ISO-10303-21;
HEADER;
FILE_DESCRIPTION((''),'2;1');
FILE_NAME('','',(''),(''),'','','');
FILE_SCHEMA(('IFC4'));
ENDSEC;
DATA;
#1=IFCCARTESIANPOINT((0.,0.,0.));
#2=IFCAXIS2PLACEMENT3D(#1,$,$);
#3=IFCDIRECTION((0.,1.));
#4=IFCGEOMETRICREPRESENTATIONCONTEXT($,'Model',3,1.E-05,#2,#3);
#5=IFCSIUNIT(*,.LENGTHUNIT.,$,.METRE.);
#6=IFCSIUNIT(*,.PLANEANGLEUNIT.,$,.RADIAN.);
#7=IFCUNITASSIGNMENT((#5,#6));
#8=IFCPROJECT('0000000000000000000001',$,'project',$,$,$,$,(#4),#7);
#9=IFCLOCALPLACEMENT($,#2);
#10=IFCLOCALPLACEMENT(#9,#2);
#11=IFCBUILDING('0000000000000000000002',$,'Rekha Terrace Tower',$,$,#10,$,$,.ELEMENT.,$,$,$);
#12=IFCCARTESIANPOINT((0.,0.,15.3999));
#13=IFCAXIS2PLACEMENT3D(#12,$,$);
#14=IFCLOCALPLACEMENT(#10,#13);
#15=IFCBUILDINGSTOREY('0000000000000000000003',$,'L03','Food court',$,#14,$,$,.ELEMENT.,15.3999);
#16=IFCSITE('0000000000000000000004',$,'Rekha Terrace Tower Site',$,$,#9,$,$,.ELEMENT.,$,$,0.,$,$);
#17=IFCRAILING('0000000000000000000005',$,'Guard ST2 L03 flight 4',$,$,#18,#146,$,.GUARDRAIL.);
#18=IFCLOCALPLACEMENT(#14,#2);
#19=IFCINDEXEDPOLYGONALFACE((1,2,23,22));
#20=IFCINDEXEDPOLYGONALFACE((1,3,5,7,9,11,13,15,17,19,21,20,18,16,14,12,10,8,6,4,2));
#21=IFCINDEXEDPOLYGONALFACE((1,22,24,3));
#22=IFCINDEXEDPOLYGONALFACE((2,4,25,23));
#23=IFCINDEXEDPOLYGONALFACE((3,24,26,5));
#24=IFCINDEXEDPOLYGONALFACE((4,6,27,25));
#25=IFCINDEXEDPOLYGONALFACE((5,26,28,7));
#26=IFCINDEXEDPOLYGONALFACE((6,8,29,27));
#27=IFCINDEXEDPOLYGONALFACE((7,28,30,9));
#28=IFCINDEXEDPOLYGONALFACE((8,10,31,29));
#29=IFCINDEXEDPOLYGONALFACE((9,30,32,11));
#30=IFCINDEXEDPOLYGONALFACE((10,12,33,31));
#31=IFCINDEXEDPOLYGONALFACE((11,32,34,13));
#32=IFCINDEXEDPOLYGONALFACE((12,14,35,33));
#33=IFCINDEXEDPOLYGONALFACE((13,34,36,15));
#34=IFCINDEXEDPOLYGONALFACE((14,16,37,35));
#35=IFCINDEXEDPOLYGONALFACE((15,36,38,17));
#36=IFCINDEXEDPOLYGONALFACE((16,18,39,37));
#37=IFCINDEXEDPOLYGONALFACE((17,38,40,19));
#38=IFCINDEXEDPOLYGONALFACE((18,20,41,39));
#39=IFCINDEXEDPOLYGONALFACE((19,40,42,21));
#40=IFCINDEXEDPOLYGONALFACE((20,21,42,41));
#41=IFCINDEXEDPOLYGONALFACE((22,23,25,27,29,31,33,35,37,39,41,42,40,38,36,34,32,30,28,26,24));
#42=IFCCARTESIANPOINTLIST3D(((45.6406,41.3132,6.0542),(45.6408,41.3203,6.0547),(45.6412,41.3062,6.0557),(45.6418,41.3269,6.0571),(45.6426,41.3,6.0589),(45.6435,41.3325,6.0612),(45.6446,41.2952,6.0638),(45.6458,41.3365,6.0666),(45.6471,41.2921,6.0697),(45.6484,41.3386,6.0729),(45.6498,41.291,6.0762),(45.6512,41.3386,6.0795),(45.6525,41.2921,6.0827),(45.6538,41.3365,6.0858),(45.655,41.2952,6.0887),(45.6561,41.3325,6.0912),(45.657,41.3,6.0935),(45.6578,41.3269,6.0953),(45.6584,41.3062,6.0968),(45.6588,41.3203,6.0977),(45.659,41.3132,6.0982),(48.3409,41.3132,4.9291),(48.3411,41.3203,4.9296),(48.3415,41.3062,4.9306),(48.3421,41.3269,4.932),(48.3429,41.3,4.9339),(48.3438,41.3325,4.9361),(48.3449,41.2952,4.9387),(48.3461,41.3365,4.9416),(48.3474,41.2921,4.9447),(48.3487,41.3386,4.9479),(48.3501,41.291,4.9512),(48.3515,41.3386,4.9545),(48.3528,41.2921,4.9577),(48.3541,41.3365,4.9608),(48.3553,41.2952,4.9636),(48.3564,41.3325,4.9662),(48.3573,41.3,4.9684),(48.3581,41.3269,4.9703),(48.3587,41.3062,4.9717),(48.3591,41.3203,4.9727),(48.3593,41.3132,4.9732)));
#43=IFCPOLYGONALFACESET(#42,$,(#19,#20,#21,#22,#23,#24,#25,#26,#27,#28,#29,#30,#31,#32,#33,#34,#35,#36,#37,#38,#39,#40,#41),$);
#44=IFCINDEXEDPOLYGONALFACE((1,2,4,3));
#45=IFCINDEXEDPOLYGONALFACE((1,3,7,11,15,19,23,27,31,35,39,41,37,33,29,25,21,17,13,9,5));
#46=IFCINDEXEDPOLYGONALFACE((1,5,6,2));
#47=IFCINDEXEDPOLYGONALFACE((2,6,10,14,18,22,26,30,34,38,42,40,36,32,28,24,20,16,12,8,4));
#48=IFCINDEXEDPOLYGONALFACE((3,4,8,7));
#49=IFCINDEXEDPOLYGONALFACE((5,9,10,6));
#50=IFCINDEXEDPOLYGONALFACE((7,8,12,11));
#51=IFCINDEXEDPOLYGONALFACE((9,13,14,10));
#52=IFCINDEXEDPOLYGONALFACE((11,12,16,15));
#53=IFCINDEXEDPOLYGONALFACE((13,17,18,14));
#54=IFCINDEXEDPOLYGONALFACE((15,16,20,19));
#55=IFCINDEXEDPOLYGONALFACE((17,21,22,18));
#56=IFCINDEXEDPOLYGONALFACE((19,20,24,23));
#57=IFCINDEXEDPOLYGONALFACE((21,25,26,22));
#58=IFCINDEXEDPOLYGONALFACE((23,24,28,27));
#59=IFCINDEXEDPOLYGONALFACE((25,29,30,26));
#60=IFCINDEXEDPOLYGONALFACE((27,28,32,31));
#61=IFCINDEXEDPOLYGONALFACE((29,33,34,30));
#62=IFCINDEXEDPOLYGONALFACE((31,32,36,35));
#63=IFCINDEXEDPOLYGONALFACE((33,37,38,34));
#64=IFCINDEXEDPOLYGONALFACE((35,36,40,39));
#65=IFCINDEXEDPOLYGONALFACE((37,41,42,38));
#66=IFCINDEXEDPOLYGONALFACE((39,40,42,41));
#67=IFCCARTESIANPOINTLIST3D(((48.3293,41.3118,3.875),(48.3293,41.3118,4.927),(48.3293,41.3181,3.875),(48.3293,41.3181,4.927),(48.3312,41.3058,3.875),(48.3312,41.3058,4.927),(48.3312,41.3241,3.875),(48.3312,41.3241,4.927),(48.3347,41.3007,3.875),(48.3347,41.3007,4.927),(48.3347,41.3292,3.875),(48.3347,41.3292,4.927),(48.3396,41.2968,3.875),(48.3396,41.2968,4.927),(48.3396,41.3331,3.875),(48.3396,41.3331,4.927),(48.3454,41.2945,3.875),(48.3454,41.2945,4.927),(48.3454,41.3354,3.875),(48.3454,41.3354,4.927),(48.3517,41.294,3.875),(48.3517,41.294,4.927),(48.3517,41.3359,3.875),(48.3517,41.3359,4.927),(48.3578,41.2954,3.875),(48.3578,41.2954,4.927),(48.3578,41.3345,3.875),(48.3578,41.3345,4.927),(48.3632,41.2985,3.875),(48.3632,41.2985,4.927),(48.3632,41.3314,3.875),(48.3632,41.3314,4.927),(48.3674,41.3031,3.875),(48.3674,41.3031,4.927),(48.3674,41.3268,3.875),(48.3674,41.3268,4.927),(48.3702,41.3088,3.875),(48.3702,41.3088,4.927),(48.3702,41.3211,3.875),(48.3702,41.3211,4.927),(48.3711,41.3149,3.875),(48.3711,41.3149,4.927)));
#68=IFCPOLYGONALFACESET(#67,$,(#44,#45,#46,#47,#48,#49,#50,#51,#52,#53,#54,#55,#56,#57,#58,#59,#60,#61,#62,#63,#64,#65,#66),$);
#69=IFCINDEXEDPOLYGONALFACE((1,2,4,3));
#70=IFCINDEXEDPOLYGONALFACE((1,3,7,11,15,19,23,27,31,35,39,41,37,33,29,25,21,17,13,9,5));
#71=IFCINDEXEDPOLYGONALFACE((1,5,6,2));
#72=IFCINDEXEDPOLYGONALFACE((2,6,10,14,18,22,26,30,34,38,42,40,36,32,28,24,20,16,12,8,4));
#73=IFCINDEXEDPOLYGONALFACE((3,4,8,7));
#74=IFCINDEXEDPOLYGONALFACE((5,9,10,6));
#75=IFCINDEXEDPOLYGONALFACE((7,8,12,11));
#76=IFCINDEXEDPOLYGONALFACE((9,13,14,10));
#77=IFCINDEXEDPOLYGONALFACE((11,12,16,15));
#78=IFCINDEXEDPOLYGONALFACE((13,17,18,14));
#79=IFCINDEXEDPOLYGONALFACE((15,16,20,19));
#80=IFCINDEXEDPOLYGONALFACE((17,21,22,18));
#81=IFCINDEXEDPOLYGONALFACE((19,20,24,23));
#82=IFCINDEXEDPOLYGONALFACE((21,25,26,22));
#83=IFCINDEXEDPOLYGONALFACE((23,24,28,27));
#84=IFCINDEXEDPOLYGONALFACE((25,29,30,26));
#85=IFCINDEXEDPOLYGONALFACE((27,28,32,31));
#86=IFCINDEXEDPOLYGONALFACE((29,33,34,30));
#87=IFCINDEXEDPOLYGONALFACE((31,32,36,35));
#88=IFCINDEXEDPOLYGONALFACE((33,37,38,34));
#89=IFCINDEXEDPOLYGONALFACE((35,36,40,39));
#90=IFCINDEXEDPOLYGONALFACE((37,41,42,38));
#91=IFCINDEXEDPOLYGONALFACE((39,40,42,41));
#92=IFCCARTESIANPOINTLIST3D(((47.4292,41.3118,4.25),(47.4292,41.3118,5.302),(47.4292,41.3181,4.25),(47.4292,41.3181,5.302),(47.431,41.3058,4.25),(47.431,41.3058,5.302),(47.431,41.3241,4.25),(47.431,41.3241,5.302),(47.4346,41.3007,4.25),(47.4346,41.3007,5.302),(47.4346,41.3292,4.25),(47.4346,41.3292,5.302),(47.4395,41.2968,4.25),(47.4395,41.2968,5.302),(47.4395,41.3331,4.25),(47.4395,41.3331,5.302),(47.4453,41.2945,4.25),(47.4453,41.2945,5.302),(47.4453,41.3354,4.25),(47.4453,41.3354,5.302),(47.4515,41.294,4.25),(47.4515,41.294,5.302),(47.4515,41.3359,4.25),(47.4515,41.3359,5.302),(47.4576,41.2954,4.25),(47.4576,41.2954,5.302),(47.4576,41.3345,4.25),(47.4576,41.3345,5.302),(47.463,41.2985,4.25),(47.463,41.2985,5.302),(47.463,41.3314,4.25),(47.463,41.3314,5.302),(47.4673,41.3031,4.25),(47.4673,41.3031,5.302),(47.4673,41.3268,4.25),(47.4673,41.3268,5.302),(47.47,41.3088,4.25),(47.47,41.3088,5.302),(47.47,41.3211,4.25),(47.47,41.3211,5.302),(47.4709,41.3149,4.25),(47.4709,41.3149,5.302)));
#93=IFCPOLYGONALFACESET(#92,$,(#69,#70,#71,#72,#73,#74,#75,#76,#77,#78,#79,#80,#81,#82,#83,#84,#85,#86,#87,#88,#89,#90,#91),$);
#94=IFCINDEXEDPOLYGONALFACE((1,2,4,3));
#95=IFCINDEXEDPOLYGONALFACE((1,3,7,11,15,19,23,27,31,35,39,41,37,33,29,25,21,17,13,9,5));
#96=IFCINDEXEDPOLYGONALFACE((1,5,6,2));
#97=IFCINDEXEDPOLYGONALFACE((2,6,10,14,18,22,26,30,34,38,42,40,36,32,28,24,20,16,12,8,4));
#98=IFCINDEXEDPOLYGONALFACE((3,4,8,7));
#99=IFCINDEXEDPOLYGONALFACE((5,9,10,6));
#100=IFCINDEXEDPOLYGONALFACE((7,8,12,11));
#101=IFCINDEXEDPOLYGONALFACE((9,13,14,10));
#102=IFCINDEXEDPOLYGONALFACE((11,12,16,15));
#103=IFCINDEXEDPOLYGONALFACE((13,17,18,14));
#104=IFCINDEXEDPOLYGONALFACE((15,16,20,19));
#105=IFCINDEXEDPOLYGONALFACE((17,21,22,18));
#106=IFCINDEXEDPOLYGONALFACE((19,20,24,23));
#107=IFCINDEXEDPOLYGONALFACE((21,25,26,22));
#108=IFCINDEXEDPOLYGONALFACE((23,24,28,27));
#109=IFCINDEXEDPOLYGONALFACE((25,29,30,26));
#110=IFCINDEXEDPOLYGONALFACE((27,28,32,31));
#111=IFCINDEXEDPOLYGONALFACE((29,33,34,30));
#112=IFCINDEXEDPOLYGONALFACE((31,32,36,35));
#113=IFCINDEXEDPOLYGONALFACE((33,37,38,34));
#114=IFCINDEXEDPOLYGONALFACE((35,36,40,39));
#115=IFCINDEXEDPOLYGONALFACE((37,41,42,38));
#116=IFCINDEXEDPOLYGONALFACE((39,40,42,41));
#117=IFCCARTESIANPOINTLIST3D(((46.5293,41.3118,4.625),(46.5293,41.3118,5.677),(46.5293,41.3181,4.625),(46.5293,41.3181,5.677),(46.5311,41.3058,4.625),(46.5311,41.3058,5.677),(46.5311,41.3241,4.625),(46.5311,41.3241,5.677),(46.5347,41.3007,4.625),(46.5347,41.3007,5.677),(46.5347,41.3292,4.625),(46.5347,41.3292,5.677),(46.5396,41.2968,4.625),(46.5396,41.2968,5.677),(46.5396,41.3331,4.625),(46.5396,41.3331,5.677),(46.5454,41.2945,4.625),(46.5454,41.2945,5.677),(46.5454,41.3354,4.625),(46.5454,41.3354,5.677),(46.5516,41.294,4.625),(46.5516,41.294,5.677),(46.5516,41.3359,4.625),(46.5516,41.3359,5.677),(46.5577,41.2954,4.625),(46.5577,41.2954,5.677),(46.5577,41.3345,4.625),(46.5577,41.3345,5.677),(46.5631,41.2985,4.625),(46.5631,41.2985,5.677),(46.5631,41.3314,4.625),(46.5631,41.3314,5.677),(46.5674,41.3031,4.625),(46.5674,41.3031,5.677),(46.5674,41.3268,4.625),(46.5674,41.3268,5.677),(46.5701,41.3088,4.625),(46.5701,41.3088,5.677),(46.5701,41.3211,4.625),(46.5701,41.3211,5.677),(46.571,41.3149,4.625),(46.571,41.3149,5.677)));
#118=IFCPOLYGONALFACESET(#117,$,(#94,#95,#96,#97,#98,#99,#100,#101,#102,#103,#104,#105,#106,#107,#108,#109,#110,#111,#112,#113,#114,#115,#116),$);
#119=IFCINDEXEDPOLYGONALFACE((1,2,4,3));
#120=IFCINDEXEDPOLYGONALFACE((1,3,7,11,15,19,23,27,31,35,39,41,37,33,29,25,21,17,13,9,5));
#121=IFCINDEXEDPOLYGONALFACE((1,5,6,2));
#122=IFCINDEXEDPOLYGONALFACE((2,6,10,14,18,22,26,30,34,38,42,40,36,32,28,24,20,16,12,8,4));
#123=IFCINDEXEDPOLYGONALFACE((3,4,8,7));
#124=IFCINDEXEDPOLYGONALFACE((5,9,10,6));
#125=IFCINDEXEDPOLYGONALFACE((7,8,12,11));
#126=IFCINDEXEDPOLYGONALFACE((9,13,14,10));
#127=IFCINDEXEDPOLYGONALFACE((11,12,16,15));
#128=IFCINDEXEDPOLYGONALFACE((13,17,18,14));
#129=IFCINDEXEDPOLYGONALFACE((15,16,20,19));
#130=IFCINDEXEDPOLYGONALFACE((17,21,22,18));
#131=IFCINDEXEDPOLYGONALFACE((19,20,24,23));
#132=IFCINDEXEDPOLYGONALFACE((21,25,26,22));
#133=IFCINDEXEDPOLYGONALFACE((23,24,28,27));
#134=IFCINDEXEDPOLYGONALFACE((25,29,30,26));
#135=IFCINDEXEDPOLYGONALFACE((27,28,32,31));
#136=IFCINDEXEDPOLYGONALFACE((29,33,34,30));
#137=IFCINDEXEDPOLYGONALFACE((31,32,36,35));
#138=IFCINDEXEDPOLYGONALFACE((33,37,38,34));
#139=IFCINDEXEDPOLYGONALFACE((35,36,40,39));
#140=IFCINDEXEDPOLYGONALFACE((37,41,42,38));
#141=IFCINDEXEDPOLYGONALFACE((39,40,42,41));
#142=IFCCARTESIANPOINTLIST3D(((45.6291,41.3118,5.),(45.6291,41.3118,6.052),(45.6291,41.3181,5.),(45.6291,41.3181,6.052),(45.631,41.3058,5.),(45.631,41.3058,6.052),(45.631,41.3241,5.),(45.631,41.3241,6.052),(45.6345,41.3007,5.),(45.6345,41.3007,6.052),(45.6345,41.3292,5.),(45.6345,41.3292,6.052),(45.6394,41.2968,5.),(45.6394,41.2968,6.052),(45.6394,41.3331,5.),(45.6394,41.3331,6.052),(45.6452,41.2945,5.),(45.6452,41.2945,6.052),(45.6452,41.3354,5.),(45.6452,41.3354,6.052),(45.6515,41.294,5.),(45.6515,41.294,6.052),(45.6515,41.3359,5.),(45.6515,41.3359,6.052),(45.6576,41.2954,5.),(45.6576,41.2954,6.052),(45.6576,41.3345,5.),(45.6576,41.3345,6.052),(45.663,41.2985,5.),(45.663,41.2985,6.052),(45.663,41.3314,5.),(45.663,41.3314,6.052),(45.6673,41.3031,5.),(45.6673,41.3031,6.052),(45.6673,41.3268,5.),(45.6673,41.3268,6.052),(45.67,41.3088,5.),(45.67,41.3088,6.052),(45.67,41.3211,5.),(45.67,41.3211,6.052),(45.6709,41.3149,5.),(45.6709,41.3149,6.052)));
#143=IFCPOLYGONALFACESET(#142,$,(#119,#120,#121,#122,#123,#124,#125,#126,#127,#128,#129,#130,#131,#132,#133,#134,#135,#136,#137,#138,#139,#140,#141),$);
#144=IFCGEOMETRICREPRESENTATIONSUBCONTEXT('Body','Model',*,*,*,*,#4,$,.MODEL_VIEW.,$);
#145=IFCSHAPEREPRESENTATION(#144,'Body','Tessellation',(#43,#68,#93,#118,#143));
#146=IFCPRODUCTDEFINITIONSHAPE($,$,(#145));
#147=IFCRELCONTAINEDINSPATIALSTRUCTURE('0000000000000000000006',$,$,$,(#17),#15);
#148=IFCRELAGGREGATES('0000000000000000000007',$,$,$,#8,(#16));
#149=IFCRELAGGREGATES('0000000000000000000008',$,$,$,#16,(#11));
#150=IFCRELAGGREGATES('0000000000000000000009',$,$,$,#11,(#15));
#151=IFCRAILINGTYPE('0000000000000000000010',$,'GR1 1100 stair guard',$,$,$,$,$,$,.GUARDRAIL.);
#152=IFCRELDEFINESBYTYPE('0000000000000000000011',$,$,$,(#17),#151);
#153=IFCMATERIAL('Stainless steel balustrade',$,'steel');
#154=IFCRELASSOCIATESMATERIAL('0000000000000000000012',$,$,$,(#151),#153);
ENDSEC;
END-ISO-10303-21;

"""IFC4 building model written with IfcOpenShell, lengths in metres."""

from ifc_helpers import new_model, si_unit, direction, frame, origin, origin_2d, place, context, subcontext, project, spatial, circle, extrude, material, type_object, element, save


model = new_model("IFC4")

# Units and contexts
model_context = context("Model", 3, precision=1e-05, world=origin(), true_north=direction((0.0, 1.0)))
body_context = subcontext(model_context, "Body", "Model", "MODEL_VIEW")
ifc_project = project(units=[si_unit("LENGTHUNIT", "METRE"), si_unit("PLANEANGLEUNIT", "RADIAN")], contexts=[model_context])

# Site, building, storey
site_placement = place(None, origin())
site = spatial("IfcSite", under=ifc_project, at=site_placement, Name="Rekha Terrace Tower Site", CompositionType="ELEMENT", RefElevation=0.0)
building_placement = place(site_placement, origin())
building = spatial("IfcBuilding", under=site, at=building_placement, Name="Rekha Terrace Tower", CompositionType="ELEMENT")
storey_placement = place(building_placement, frame((0.0, 0.0, 15.3999)))
storey = spatial("IfcBuildingStorey", under=building, at=storey_placement, Name="L03", Description="Food court", CompositionType="ELEMENT", Elevation=15.3999)

# Railing
ifc_material_1 = material(Name="Stainless steel balustrade", Category="steel")
railing_type_1 = type_object("IfcRailingType", Name="GR1 1100 stair guard", PredefinedType="GUARDRAIL", material=ifc_material_1)
railing_1_placement = place(storey_placement, frame((48.3501, 41.3149, 3.875)))
element("IfcRailing", 1, at=railing_1_placement, inside=storey, type_object=railing_type_1, Name="Guard ST2 L03 flight 4", PredefinedType="GUARDRAIL", context=body_context, shape_type="SweptSolid", body=[
    extrude(circle(Radius=0.0239, at=origin_2d()), frame((0.0, 0.0, 1.0762), z_axis=(-0.923087, 0.0, 0.384592), x_axis=(0.0, -1.0, 0.0)), (0.0, 0.0, 1.0), 2.9253),
    extrude(circle(Radius=0.021, at=origin_2d()), origin(), (0.0, 0.0, 1.0), 1.052),
    extrude(circle(Radius=0.021, at=origin_2d()), frame((-0.9001, 0.0, 0.375)), (0.0, 0.0, 1.0), 1.052),
    extrude(circle(Radius=0.021, at=origin_2d()), frame((-1.8, 0.0, 0.75)), (0.0, 0.0, 1.0), 1.052),
    extrude(circle(Radius=0.021, at=origin_2d()), frame((-2.7002, 0.0, 1.125)), (0.0, 0.0, 1.0), 1.052),
])

save(model, "model.ifc")
